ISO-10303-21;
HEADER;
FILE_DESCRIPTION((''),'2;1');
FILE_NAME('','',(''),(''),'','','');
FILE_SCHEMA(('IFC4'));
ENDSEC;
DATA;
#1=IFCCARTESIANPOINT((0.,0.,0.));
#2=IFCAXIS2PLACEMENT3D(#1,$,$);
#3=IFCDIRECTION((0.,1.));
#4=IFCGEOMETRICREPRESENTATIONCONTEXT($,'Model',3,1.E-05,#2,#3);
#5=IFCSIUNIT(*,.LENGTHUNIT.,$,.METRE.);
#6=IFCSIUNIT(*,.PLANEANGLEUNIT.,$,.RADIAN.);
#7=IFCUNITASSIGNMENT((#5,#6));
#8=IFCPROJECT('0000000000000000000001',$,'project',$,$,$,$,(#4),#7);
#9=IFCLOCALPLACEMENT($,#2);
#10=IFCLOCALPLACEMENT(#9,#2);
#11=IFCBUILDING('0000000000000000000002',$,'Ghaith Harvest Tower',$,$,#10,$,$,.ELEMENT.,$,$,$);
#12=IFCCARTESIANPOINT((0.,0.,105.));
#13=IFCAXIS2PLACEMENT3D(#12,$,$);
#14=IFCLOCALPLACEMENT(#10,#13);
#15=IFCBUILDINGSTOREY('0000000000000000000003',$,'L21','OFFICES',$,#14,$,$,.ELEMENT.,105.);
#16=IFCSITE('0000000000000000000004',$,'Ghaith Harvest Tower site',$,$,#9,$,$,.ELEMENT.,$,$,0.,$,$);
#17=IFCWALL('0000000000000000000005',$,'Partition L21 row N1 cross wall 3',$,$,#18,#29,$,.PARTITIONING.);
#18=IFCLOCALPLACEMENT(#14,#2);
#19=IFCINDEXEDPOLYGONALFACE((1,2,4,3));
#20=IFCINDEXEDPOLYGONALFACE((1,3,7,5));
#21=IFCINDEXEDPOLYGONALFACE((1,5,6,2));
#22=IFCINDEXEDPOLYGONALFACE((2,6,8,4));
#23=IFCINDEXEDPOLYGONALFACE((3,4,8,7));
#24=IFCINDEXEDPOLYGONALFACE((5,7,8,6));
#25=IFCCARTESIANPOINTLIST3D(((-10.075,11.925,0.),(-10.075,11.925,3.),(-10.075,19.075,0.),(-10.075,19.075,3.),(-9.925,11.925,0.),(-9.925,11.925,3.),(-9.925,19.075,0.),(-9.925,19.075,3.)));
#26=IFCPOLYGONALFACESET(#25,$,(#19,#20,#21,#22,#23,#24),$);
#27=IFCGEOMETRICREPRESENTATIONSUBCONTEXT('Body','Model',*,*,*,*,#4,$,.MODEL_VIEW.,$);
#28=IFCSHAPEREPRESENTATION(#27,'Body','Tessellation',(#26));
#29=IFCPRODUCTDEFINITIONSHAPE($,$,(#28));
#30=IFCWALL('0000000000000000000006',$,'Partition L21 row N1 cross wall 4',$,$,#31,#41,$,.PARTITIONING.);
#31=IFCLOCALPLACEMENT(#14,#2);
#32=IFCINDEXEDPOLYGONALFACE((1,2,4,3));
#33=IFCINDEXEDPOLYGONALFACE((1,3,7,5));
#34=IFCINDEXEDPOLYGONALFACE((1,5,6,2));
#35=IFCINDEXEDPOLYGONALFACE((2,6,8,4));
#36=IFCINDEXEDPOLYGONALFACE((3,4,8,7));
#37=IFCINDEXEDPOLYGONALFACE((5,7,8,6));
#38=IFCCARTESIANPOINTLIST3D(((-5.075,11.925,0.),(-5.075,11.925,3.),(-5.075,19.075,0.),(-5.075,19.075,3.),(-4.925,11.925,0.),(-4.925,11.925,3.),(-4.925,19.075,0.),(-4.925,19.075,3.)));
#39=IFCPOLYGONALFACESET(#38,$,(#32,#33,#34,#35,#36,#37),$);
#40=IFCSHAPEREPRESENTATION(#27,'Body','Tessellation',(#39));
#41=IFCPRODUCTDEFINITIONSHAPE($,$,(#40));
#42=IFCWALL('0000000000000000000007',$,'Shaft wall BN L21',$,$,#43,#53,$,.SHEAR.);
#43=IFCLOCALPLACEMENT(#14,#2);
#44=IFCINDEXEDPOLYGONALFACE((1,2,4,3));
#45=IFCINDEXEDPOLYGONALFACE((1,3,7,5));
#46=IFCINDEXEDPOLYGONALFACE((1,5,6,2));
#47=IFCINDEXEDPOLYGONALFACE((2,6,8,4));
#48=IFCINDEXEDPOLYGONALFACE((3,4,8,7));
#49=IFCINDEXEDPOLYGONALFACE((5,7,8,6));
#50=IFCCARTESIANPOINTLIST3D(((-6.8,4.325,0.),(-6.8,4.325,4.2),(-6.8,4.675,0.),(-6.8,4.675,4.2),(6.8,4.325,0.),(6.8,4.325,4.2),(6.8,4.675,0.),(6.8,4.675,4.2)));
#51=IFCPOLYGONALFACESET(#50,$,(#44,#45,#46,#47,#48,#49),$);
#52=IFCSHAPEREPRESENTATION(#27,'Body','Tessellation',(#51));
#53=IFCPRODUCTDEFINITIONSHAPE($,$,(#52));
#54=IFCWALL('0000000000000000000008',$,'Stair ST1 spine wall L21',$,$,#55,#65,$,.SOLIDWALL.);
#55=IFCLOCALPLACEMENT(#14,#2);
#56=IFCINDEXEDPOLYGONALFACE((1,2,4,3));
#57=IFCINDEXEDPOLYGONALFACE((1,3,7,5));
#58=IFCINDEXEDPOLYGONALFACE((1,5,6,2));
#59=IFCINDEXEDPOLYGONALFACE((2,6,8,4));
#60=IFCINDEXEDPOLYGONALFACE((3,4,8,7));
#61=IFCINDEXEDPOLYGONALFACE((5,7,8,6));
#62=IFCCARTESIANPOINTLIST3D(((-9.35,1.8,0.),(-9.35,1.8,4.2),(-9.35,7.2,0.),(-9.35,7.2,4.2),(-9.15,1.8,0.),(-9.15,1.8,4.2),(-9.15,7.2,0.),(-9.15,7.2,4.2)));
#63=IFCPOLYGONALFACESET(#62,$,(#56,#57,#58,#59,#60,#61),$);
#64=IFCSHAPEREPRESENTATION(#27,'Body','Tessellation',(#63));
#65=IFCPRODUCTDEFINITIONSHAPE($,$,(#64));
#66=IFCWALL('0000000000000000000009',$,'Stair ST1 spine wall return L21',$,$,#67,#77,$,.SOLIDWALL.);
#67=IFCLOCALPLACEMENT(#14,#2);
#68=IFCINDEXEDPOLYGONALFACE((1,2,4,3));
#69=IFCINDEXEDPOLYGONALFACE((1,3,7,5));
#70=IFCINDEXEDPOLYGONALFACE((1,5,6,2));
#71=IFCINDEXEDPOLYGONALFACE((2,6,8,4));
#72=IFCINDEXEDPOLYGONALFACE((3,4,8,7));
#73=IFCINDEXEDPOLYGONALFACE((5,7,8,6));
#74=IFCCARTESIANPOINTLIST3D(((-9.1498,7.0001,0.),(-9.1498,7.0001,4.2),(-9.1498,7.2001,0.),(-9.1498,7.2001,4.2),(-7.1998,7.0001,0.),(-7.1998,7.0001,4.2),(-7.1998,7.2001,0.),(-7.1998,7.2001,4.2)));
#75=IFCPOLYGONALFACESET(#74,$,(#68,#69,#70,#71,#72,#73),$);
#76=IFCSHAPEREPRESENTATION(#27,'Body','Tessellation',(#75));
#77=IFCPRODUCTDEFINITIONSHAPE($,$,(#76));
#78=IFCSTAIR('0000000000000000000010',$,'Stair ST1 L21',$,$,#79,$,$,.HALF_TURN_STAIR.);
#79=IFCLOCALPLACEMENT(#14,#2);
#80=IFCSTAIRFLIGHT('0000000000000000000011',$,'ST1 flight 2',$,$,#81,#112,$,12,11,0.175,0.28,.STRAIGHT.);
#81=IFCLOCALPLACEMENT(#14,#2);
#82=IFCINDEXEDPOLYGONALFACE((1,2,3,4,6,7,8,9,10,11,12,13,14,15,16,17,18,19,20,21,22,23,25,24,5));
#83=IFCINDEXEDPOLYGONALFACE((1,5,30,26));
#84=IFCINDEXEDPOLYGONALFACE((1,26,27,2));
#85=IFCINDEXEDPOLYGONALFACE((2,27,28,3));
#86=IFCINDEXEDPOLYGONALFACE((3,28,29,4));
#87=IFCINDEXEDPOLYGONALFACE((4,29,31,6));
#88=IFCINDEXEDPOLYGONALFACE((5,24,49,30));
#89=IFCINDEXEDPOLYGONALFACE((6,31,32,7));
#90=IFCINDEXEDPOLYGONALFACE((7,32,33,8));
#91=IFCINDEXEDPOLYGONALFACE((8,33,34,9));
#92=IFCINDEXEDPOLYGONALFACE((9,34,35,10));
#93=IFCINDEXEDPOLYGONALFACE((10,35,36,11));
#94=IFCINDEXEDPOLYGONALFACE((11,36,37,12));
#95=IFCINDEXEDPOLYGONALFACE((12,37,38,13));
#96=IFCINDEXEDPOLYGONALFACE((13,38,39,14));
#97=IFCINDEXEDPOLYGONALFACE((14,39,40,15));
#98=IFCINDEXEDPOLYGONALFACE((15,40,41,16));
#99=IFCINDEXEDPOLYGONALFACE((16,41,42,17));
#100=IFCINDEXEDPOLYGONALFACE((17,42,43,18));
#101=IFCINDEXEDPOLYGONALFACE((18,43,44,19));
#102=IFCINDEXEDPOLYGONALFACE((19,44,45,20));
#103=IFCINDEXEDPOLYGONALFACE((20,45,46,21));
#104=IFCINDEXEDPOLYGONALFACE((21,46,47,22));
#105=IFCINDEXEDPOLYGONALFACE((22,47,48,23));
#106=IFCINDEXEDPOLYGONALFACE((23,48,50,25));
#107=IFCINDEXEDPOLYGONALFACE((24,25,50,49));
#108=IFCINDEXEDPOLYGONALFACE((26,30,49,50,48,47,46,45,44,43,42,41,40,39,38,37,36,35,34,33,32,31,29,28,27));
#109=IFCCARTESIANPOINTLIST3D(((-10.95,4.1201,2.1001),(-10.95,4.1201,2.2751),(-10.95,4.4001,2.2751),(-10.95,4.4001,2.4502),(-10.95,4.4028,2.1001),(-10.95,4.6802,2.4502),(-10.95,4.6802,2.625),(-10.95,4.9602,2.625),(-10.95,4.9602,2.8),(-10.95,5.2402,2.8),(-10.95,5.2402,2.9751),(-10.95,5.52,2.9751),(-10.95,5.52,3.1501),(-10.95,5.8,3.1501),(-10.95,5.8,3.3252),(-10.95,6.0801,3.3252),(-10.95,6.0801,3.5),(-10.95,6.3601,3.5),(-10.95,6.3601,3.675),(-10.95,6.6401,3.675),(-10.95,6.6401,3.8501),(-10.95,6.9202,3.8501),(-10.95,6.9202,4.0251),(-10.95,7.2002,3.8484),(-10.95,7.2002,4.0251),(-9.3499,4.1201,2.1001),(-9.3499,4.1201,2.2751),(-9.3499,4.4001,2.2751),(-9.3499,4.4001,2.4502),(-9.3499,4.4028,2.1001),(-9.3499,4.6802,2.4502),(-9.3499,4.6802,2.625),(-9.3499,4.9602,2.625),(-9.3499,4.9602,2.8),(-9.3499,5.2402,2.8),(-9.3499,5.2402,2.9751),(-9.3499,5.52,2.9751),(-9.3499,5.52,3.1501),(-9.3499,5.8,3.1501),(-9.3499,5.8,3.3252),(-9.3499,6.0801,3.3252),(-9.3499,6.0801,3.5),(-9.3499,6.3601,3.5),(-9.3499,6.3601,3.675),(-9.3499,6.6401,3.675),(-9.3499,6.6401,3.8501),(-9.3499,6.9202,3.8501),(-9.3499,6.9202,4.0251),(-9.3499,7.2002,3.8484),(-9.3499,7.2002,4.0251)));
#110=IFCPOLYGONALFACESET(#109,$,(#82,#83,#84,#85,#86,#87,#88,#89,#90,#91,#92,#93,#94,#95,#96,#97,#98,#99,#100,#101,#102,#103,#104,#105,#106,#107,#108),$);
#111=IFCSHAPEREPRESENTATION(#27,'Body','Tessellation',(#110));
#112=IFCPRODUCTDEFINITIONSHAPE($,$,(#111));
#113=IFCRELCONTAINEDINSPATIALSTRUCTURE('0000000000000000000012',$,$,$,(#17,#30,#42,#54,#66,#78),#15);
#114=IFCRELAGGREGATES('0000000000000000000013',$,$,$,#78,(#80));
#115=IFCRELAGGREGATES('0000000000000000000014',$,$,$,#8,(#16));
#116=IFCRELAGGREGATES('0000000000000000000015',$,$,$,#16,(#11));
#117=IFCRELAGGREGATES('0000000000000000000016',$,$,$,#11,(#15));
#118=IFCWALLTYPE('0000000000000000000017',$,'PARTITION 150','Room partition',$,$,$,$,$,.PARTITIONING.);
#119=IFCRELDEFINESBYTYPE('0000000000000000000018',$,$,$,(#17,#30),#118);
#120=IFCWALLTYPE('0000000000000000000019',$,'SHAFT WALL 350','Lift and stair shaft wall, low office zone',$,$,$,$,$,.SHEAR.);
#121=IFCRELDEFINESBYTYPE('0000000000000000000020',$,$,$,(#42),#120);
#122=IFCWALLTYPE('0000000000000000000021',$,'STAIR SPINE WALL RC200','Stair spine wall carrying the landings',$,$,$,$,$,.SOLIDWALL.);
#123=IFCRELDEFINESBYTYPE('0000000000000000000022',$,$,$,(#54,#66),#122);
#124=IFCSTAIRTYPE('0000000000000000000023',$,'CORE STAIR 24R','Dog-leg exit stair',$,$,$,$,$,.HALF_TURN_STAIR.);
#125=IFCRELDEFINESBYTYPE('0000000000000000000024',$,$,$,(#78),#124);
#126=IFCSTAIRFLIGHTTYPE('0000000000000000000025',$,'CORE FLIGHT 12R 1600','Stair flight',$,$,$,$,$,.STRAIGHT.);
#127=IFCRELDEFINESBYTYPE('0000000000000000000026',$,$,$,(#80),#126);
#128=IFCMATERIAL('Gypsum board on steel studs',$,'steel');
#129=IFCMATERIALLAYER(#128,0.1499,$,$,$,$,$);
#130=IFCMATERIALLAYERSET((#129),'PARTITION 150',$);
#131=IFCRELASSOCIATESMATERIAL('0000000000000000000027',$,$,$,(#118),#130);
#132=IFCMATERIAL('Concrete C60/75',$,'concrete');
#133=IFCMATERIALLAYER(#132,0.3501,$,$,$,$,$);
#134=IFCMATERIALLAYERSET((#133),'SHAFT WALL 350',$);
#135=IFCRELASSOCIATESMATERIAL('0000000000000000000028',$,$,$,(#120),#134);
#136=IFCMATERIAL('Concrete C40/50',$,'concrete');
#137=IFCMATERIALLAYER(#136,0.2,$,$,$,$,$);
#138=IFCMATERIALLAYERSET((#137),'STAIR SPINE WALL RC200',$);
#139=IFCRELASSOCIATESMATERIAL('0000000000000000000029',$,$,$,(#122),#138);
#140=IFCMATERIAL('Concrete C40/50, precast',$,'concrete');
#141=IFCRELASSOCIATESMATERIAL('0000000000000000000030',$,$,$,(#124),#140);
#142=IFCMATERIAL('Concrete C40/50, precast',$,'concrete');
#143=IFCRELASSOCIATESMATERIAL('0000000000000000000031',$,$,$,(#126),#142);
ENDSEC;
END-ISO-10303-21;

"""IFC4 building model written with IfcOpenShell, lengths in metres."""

from ifc_helpers import new_model, si_unit, direction, frame, frame_2d, origin, place, context, subcontext, project, spatial, polyline, rectangle, outline, extrude, material, layer, layer_set, type_object, element, aggregate, save


model = new_model("IFC4")

# Units and contexts
model_context = context("Model", 3, precision=1e-05, world=origin(), true_north=direction((0.0, 1.0)))
body_context = subcontext(model_context, "Body", "Model", "MODEL_VIEW")
ifc_project = project(units=[si_unit("LENGTHUNIT", "METRE"), si_unit("PLANEANGLEUNIT", "RADIAN")], contexts=[model_context])

# Site, building, storey
site_placement = place(None, origin())
site = spatial("IfcSite", under=ifc_project, at=site_placement, Name="Ghaith Harvest Tower site", CompositionType="ELEMENT", RefElevation=0.0)
building_placement = place(site_placement, origin())
building = spatial("IfcBuilding", under=site, at=building_placement, Name="Ghaith Harvest Tower", CompositionType="ELEMENT")
storey_placement = place(building_placement, frame((0.0, 0.0, 105.0)))
storey = spatial("IfcBuildingStorey", under=building, at=storey_placement, Name="L21", Description="OFFICES", CompositionType="ELEMENT", Elevation=105.0)

# Walls
ifc_material_1 = material(Name="Gypsum board on steel studs", Category="steel")
ifc_layer_1 = layer(ifc_material_1, 0.1499)
ifc_layer_set_1 = layer_set([ifc_layer_1], Name="PARTITION 150")
wall_type_1 = type_object("IfcWallType", Name="PARTITION 150", Description="Room partition", PredefinedType="PARTITIONING", material=ifc_layer_set_1)
for number, where, z_axis, x_axis, name in (
    (1, (-10.0, 11.925, 0.0), (0.0, 0.0, 1.0), (0.0, 1.0, 0.0), "Partition L21 row N1 cross wall 3"),
    (2, (-5.0, 11.925, 0.0), (0.0, 0.0, 1.0), (0.0, 1.0, 0.0), "Partition L21 row N1 cross wall 4"),
):
    element("IfcWall", number, at=place(storey_placement, frame(where, z_axis=z_axis, x_axis=x_axis)), inside=storey, type_object=wall_type_1, Name=name, PredefinedType="PARTITIONING", context=body_context, shape_type="SweptSolid", body=[
        extrude(rectangle(XDim=7.1499, YDim=0.1499, at=frame_2d((3.575, 0.0))), origin(), (0.0, 0.0, 1.0), 3.0),
    ])

# Shared definitions
ifc_material_2 = material(Name="Concrete C60/75", Category="concrete")
ifc_layer_2 = layer(ifc_material_2, 0.3501)
ifc_layer_set_2 = layer_set([ifc_layer_2], Name="SHAFT WALL 350")
wall_type_2 = type_object("IfcWallType", Name="SHAFT WALL 350", Description="Lift and stair shaft wall, low office zone", PredefinedType="SHEAR", material=ifc_layer_set_2)

# Walls
wall_1_placement = place(storey_placement, frame((-6.8, 4.5, 0.0), z_axis=(0.0, 0.0, 1.0), x_axis=(1.0, 0.0, 0.0)))
element("IfcWall", 3, at=wall_1_placement, inside=storey, type_object=wall_type_2, Name="Shaft wall BN L21", PredefinedType="SHEAR", context=body_context, shape_type="SweptSolid", body=[
    extrude(rectangle(XDim=13.6001, YDim=0.3501, at=frame_2d((6.8, 0.0))), origin(), (0.0, 0.0, 1.0), 4.2),
])
ifc_material_3 = material(Name="Concrete C40/50", Category="concrete")
ifc_layer_3 = layer(ifc_material_3, 0.2)
ifc_layer_set_3 = layer_set([ifc_layer_3], Name="STAIR SPINE WALL RC200")
wall_type_3 = type_object("IfcWallType", Name="STAIR SPINE WALL RC200", Description="Stair spine wall carrying the landings", PredefinedType="SOLIDWALL", material=ifc_layer_set_3)
wall_2_placement = place(storey_placement, frame((-9.25, 7.2, 0.0), z_axis=(0.0, 0.0, 1.0), x_axis=(0.0, -1.0, 0.0)))
element("IfcWall", 4, at=wall_2_placement, inside=storey, type_object=wall_type_3, Name="Stair ST1 spine wall L21", PredefinedType="SOLIDWALL", context=body_context, shape_type="SweptSolid", body=[
    extrude(rectangle(XDim=5.3999, YDim=0.2, at=frame_2d((2.7, 0.0))), origin(), (0.0, 0.0, 1.0), 4.2),
])
wall_3_placement = place(storey_placement, frame((-9.1499, 7.1001, 0.0), z_axis=(0.0, 0.0, 1.0), x_axis=(1.0, 0.0, 0.0)))
element("IfcWall", 5, at=wall_3_placement, inside=storey, type_object=wall_type_3, Name="Stair ST1 spine wall return L21", PredefinedType="SOLIDWALL", context=body_context, shape_type="SweptSolid", body=[
    extrude(rectangle(XDim=1.95, YDim=0.2, at=frame_2d((0.9751, 0.0))), origin(), (0.0, 0.0, 1.0), 4.2),
])

# Stair, stair flight
ifc_material_4 = material(Name="Concrete C40/50, precast", Category="concrete")
stair_type = type_object("IfcStairType", Name="CORE STAIR 24R", Description="Dog-leg exit stair", PredefinedType="HALF_TURN_STAIR", material=ifc_material_4)
stair_placement = place(storey_placement, origin())
stair = element("IfcStair", 6, at=stair_placement, inside=storey, type_object=stair_type, Name="Stair ST1 L21", PredefinedType="HALF_TURN_STAIR")
ifc_material_5 = material(Name="Concrete C40/50, precast", Category="concrete")
stair_flight_type = type_object("IfcStairFlightType", Name="CORE FLIGHT 12R 1600", Description="Stair flight", PredefinedType="STRAIGHT", material=ifc_material_5)
stair_flight_placement = place(storey_placement, frame((-10.1499, 4.1201, 2.1001), z_axis=(0.0, 0.0, 1.0), x_axis=(0.0, 1.0, 0.0)))
stair_flight = element("IfcStairFlight", 7, at=stair_flight_placement, type_object=stair_flight_type, Name="ST1 flight 2", NumberOfRisers=12, NumberOfTreads=11, PredefinedType="STRAIGHT", RiserHeight=0.175, TreadLength=0.28, context=body_context, shape_type="SweptSolid", body=[
    extrude(outline(polyline([(0.0, 0.0), (0.0, 0.175), (0.28, 0.175), (0.28, 0.3501), (0.5601, 0.3501), (0.5601, 0.5249), (0.8401, 0.5249), (0.8401, 0.7), (1.1201, 0.7), (1.1201, 0.875), (1.3999, 0.875), (1.3999, 1.05), (1.6799, 1.05), (1.6799, 1.2251), (1.96, 1.2251), (1.96, 1.3999), (2.24, 1.3999), (2.24, 1.575), (2.52, 1.575), (2.52, 1.75), (2.8, 1.75), (2.8, 1.925), (3.0801, 1.925), (3.0801, 2.1001), (3.0801, 1.7483), (0.2827, 0.0), (0.0, 0.0)])), frame((0.0, 0.8, 0.0), z_axis=(0.0, -1.0, 0.0), x_axis=(1.0, 0.0, 0.0)), (0.0, 0.0, 1.0), 1.6001),
])
aggregate(stair, [stair_flight])

save(model, "model.ifc")
